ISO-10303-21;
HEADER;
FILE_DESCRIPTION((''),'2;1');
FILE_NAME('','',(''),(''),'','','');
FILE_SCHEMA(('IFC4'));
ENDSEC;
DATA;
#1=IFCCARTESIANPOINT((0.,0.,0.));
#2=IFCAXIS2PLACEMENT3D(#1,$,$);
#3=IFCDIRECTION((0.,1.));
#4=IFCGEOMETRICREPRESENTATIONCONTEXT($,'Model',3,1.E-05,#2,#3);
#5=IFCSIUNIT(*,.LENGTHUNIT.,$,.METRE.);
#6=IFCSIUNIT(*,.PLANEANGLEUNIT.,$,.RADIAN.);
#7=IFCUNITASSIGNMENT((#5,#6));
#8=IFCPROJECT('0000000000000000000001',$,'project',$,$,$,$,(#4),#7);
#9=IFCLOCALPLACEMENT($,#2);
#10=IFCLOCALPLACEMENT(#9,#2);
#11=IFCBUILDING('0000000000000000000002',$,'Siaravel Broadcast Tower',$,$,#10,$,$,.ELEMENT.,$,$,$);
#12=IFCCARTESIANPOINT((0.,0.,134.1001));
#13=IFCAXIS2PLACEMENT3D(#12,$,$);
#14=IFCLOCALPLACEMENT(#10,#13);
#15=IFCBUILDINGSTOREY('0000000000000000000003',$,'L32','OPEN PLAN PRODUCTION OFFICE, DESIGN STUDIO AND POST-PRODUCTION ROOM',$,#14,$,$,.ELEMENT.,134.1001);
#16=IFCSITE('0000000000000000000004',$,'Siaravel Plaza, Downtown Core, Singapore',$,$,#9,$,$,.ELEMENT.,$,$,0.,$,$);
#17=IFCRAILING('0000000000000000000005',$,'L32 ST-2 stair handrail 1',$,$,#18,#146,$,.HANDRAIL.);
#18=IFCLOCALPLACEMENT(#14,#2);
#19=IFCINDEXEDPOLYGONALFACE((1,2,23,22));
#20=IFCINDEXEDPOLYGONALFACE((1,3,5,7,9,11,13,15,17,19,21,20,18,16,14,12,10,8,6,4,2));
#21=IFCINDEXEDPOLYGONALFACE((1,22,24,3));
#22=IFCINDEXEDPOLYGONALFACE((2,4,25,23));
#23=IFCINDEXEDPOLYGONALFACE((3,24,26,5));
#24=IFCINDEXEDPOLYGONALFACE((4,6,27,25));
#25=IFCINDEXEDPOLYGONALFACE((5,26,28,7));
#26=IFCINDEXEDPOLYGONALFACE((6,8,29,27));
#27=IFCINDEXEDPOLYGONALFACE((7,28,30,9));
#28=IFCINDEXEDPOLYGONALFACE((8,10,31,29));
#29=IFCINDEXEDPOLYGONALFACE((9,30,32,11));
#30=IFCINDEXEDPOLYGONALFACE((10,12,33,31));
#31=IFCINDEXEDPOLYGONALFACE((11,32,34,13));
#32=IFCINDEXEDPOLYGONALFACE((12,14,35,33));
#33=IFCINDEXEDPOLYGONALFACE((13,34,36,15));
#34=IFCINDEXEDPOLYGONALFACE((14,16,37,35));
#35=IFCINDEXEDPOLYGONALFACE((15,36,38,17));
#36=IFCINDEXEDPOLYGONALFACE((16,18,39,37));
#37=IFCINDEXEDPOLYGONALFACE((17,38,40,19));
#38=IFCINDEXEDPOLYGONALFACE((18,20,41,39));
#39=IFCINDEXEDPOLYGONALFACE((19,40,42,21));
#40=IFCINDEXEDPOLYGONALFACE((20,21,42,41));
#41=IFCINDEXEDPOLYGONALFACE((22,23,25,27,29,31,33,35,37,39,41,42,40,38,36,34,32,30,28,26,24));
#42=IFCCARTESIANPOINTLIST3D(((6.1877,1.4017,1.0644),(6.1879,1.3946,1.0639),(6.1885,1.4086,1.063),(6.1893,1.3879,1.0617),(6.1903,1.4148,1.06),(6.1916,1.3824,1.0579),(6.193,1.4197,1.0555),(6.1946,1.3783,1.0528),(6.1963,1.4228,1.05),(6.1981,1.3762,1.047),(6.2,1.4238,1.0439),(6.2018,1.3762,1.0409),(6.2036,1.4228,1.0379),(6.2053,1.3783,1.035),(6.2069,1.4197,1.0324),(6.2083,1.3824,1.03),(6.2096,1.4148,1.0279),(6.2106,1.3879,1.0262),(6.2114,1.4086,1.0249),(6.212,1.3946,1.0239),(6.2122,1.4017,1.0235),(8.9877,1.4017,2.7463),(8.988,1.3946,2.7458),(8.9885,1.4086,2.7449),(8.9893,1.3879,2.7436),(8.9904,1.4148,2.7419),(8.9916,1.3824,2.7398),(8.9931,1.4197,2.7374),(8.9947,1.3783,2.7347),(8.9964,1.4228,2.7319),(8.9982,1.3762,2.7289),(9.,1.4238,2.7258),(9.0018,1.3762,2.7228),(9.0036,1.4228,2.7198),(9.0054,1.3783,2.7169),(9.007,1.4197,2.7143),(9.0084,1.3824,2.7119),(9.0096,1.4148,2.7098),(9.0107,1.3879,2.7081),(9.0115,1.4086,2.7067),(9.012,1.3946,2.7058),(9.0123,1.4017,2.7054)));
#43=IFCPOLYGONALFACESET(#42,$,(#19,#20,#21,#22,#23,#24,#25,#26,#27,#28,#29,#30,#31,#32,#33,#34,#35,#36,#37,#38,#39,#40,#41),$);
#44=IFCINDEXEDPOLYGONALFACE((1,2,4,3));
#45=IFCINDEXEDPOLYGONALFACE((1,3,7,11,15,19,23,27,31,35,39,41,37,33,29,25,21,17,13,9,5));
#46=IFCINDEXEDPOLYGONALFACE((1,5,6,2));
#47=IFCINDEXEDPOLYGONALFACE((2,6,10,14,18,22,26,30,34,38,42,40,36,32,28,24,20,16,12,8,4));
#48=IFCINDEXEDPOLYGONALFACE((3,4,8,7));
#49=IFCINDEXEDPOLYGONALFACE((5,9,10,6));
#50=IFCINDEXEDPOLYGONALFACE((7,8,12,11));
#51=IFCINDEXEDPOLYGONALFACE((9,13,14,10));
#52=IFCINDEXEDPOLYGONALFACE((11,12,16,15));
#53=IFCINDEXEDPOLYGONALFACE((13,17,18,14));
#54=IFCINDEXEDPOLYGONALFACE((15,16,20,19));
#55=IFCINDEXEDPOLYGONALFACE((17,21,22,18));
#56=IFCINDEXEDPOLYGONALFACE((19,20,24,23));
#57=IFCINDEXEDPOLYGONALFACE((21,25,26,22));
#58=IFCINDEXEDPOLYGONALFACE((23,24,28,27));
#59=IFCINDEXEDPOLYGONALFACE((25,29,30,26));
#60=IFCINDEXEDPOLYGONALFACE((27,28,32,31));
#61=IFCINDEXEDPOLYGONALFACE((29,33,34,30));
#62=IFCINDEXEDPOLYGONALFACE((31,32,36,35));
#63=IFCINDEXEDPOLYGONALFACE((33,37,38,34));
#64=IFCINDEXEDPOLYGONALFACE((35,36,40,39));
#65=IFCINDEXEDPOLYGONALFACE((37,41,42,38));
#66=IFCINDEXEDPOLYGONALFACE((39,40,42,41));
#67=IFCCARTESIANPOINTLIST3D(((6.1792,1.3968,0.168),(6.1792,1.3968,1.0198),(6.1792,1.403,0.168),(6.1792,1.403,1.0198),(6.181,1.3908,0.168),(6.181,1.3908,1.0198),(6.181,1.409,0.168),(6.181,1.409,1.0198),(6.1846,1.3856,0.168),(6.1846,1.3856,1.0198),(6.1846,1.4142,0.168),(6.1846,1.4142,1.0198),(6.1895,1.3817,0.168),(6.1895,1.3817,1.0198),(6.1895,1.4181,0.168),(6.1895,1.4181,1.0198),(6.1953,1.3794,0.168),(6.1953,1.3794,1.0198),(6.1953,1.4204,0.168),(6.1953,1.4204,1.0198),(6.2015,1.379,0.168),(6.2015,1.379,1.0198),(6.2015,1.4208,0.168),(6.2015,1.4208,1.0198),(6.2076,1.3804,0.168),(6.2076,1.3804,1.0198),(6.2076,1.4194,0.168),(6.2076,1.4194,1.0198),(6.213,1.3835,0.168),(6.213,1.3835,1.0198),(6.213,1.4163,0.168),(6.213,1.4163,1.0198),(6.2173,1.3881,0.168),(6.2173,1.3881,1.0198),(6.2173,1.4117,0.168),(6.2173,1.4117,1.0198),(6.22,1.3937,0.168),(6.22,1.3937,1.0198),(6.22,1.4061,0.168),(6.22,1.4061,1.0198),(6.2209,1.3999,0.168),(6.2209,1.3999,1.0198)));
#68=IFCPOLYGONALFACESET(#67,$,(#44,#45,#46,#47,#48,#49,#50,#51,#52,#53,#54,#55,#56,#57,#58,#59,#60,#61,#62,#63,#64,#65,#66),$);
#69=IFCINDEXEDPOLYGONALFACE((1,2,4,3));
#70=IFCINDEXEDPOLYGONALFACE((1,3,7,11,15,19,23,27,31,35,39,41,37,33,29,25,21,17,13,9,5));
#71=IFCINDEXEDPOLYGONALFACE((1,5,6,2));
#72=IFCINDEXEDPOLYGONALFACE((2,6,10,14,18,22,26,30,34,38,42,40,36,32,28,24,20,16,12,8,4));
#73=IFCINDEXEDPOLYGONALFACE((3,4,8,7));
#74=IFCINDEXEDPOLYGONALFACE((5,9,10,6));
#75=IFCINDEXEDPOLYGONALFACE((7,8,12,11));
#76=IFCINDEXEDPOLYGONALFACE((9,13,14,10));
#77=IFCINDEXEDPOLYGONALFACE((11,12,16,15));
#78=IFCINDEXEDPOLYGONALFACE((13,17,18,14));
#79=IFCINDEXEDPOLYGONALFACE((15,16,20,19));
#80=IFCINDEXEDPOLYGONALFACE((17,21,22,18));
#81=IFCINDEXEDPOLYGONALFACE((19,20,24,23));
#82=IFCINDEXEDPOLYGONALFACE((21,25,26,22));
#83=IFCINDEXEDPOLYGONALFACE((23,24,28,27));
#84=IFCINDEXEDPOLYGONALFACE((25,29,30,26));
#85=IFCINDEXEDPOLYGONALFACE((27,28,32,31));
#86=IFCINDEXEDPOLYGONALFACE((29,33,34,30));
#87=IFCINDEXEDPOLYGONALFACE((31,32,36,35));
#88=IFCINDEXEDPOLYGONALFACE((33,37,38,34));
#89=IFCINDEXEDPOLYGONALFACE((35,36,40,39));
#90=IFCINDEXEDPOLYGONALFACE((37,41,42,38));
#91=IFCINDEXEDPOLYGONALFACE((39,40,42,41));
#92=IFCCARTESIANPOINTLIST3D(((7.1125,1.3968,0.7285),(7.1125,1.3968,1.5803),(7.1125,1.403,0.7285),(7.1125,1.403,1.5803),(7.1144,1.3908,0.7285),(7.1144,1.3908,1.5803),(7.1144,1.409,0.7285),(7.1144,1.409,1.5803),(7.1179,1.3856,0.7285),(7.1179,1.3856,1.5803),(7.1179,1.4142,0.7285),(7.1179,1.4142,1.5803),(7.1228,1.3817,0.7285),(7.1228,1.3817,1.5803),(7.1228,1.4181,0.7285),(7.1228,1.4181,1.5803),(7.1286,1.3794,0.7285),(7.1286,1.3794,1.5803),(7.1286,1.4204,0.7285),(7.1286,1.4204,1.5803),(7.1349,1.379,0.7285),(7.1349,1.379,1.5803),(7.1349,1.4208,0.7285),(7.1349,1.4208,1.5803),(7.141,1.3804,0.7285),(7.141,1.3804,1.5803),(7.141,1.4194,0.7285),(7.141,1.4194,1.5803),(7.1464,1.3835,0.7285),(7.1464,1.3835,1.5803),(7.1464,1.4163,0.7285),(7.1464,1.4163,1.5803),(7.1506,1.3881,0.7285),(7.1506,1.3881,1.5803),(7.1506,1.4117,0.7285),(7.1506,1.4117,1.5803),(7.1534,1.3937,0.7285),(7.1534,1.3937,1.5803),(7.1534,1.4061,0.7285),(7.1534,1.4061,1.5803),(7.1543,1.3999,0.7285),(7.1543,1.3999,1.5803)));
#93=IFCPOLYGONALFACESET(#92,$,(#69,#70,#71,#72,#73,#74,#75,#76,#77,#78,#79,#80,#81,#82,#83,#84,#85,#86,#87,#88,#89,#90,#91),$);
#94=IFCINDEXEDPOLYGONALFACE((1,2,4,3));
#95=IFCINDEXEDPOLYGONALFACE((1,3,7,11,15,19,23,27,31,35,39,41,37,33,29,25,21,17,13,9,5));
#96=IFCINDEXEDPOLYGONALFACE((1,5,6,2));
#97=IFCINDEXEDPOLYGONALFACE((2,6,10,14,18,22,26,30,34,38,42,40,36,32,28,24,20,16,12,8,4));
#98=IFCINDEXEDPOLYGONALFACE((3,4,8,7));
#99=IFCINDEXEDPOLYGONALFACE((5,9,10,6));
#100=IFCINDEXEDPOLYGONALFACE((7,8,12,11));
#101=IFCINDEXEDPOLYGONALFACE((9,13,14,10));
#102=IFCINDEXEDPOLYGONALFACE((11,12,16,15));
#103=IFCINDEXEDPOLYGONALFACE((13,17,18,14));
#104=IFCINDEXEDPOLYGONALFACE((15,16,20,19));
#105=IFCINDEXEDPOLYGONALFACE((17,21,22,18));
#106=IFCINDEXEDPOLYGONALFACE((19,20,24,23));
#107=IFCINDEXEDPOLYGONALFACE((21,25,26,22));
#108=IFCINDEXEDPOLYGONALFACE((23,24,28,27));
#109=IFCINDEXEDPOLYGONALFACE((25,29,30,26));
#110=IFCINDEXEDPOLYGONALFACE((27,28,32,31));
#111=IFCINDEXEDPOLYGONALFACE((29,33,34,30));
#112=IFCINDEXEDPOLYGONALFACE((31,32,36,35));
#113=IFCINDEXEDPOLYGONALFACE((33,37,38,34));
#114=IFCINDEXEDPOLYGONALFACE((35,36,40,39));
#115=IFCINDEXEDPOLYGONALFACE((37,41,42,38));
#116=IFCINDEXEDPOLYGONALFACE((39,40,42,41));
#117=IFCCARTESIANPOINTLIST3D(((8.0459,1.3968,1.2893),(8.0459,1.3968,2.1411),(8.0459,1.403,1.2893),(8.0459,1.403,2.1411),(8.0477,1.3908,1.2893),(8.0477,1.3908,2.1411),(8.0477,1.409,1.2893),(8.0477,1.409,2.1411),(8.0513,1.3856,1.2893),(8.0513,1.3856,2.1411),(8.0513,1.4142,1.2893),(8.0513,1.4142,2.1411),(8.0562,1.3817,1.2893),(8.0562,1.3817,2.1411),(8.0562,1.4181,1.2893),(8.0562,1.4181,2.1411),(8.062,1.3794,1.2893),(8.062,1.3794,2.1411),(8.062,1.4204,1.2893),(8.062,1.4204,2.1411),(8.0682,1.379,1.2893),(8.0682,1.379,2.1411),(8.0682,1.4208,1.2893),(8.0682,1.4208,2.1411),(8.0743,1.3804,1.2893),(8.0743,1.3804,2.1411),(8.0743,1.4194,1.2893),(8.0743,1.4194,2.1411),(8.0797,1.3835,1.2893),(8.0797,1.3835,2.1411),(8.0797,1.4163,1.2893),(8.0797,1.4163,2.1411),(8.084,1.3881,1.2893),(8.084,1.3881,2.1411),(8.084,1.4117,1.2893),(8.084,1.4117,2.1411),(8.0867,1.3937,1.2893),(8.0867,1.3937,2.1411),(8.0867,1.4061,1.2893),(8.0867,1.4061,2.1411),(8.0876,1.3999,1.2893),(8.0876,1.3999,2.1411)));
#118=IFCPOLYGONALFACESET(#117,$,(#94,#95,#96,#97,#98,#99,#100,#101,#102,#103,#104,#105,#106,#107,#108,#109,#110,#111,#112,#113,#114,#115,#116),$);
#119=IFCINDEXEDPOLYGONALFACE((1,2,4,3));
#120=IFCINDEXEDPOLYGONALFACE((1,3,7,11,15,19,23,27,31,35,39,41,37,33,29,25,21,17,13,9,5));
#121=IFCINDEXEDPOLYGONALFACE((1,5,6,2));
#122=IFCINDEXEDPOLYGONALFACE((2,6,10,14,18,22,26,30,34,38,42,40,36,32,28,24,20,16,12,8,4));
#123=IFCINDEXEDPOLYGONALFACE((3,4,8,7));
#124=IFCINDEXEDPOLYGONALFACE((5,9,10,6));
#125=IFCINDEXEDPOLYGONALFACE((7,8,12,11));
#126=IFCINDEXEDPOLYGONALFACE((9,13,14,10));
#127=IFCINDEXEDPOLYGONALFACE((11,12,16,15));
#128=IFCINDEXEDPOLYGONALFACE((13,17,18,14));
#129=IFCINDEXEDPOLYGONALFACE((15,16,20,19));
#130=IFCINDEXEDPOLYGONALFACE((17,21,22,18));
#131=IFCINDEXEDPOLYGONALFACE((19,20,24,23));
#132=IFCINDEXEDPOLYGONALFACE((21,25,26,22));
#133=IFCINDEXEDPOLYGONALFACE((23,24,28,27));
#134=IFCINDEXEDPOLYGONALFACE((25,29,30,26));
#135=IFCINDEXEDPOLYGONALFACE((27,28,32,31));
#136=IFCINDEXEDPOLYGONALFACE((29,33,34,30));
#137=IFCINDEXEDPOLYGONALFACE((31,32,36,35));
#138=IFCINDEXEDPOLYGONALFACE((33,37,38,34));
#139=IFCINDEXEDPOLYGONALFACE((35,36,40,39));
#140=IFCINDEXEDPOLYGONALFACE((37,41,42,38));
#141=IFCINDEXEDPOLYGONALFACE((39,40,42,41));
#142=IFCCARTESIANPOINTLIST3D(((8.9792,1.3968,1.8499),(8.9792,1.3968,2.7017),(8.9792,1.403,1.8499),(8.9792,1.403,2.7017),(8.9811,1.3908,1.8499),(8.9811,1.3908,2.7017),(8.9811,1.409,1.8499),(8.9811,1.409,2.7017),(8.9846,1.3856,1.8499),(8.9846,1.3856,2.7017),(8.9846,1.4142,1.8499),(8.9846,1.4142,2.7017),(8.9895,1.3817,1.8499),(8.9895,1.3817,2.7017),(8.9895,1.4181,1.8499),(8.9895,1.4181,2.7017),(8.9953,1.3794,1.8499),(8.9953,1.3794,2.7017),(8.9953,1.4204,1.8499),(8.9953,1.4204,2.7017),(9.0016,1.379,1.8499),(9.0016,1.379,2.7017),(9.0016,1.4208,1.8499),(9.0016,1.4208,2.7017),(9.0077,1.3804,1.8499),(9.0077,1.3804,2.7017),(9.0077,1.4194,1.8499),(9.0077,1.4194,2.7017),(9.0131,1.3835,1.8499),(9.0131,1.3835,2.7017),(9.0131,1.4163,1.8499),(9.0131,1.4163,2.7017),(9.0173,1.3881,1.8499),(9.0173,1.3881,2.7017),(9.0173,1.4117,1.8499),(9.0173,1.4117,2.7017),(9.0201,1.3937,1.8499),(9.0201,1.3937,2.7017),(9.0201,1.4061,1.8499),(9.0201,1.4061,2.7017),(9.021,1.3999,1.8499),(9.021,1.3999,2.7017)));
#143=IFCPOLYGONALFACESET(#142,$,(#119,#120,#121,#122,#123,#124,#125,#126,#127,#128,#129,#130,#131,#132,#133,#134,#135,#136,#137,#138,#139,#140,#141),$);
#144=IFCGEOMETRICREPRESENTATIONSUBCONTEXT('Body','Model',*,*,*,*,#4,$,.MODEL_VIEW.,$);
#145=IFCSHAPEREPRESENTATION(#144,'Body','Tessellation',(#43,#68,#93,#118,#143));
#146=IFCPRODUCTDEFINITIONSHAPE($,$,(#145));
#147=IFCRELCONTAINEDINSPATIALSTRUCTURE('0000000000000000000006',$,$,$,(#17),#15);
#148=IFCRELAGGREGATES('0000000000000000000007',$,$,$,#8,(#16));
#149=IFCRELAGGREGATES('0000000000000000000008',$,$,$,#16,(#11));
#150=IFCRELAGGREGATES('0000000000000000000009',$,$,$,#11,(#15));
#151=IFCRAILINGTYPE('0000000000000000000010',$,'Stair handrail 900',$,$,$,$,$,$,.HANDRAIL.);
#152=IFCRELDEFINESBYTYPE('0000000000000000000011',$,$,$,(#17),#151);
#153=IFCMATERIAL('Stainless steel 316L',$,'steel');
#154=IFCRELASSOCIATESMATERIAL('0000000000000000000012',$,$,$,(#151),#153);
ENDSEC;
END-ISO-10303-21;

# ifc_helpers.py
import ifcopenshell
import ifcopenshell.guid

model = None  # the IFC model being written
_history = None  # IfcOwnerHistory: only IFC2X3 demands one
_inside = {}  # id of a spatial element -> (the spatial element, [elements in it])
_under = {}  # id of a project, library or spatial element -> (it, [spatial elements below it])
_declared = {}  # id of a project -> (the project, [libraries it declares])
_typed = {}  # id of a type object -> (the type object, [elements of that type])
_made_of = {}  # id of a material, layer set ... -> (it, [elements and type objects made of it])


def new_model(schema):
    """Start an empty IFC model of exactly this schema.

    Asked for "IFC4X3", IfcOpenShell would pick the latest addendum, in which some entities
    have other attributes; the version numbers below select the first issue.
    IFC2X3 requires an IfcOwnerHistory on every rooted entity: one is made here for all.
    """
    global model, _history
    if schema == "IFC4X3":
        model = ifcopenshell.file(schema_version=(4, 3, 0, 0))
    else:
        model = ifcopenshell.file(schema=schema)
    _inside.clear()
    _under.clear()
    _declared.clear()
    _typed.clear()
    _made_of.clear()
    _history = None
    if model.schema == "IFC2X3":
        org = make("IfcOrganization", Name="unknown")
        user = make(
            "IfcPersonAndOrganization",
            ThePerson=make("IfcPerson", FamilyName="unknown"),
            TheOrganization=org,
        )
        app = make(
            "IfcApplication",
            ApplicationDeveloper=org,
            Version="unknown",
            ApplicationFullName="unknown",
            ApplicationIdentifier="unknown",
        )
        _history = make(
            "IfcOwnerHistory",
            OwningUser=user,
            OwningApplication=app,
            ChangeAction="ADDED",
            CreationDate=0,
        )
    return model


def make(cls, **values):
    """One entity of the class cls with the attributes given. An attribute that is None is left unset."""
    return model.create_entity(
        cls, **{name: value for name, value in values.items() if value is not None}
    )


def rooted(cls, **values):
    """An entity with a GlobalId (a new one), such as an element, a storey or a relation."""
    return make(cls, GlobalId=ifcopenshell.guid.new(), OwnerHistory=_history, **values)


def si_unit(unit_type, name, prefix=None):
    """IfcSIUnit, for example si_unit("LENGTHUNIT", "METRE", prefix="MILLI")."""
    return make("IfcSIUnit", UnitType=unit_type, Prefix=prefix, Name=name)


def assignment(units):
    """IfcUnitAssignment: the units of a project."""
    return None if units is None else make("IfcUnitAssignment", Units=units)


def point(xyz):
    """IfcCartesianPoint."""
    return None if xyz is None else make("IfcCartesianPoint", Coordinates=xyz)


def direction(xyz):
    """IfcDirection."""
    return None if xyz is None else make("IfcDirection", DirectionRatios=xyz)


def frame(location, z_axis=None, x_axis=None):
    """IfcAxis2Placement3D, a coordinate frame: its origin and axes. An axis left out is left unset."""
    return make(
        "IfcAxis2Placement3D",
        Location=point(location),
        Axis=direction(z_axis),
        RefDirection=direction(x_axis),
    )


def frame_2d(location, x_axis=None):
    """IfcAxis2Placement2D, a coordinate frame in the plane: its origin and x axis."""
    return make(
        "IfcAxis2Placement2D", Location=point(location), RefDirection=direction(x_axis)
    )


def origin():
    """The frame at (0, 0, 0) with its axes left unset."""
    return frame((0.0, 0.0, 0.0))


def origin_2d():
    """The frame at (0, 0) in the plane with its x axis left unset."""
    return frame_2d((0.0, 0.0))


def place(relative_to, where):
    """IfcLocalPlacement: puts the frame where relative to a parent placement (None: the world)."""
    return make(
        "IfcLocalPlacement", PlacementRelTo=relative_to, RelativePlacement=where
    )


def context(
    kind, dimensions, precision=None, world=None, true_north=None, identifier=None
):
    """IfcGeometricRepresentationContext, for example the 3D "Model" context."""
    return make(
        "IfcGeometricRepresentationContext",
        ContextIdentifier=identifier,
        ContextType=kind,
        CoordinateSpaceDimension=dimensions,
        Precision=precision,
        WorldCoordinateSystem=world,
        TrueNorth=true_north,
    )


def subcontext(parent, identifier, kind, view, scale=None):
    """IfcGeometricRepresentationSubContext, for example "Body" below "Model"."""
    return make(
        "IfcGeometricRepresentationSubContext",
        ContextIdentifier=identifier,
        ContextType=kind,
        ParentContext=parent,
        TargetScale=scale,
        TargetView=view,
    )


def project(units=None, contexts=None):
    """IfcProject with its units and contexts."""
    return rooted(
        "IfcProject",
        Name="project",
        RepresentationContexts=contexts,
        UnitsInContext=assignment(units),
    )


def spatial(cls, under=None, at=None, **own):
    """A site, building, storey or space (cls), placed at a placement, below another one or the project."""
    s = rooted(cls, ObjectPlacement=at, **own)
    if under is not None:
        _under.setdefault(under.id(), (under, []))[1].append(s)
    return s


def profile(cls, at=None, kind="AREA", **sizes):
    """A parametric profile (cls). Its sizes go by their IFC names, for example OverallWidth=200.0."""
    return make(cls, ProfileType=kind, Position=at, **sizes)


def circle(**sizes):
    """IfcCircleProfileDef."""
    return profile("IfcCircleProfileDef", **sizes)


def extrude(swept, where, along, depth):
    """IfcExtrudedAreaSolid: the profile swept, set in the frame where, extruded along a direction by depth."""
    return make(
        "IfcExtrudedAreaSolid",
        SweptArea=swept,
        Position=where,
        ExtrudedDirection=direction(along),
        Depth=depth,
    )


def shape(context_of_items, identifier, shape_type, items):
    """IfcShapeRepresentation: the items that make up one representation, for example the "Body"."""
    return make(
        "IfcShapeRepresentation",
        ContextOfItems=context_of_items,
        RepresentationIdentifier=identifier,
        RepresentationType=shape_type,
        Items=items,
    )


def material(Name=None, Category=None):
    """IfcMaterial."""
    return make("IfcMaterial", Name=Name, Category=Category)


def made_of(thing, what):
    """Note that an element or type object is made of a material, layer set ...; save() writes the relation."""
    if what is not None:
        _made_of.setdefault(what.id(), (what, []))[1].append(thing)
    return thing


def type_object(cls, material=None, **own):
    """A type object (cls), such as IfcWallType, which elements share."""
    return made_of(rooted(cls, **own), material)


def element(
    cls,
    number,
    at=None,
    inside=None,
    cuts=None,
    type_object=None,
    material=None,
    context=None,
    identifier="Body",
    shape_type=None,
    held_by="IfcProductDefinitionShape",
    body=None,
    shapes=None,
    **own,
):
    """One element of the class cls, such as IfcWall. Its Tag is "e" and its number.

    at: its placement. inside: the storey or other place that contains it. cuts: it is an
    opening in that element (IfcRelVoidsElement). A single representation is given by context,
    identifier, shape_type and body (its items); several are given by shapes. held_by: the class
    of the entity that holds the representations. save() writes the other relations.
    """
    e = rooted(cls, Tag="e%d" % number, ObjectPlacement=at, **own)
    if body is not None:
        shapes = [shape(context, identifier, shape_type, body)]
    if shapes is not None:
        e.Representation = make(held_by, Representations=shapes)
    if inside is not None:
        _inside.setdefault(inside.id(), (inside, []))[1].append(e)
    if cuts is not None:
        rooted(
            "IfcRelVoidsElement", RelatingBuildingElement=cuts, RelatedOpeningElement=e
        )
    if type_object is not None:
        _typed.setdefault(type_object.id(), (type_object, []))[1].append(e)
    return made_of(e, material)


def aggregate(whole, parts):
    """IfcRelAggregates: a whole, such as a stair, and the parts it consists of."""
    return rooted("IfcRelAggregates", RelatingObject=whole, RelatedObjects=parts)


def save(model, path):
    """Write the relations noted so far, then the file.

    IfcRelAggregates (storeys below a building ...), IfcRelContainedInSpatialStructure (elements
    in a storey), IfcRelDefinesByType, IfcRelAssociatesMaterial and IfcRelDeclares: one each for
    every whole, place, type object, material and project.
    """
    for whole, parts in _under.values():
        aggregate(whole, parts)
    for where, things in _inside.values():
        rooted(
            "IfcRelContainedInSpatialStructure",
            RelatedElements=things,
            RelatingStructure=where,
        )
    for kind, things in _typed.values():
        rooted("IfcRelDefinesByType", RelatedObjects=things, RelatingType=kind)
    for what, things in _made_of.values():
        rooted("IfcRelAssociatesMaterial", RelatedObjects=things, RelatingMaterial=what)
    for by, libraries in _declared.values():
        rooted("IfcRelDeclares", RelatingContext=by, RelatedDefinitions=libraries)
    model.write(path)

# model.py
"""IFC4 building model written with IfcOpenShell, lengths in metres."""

from ifc_helpers import new_model, si_unit, direction, frame, origin, origin_2d, place, context, subcontext, project, spatial, circle, extrude, material, type_object, element, save


model = new_model("IFC4")

# Units and contexts
model_context = context("Model", 3, precision=1e-05, world=origin(), true_north=direction((0.0, 1.0)))
body_context = subcontext(model_context, "Body", "Model", "MODEL_VIEW")
ifc_project = project(units=[si_unit("LENGTHUNIT", "METRE"), si_unit("PLANEANGLEUNIT", "RADIAN")], contexts=[model_context])

# Site, building, storey
site_placement = place(None, origin())
site = spatial("IfcSite", under=ifc_project, at=site_placement, Name="Siaravel Plaza, Downtown Core, Singapore", CompositionType="ELEMENT", RefElevation=0.0)
building_placement = place(site_placement, origin())
building = spatial("IfcBuilding", under=site, at=building_placement, Name="Siaravel Broadcast Tower", CompositionType="ELEMENT")
storey_placement = place(building_placement, frame((0.0, 0.0, 134.1001)))
storey = spatial("IfcBuildingStorey", under=building, at=storey_placement, Name="L32", Description="OPEN PLAN PRODUCTION OFFICE, DESIGN STUDIO AND POST-PRODUCTION ROOM", CompositionType="ELEMENT", Elevation=134.1001)

# Railing
ifc_material_1 = material(Name="Stainless steel 316L", Category="steel")
railing_type_1 = type_object("IfcRailingType", Name="Stair handrail 900", PredefinedType="HANDRAIL", material=ifc_material_1)
railing_1_placement = place(storey_placement, frame((6.2, 1.3999, 0.168)))
element("IfcRailing", 1, at=railing_1_placement, inside=storey, type_object=railing_type_1, Name="L32 ST-2 stair handrail 1", PredefinedType="HANDRAIL", context=body_context, shape_type="SweptSolid", body=[
    extrude(circle(Radius=0.0239, at=origin_2d()), frame((0.0, 0.0, 0.876), z_axis=(0.857242, 0.0, 0.514913), x_axis=(0.0, 1.0, 0.0)), (0.0, 0.0, 1.0), 3.2664),
    extrude(circle(Radius=0.021, at=origin_2d()), origin(), (0.0, 0.0, 1.0), 0.8518),
    extrude(circle(Radius=0.021, at=origin_2d()), frame((0.9333, 0.0, 0.5605)), (0.0, 0.0, 1.0), 0.8518),
    extrude(circle(Radius=0.021, at=origin_2d()), frame((1.8667, 0.0, 1.1213)), (0.0, 0.0, 1.0), 0.8518),
    extrude(circle(Radius=0.021, at=origin_2d()), frame((2.8, 0.0, 1.6819)), (0.0, 0.0, 1.0), 0.8518),
])

save(model, "model.ifc")
